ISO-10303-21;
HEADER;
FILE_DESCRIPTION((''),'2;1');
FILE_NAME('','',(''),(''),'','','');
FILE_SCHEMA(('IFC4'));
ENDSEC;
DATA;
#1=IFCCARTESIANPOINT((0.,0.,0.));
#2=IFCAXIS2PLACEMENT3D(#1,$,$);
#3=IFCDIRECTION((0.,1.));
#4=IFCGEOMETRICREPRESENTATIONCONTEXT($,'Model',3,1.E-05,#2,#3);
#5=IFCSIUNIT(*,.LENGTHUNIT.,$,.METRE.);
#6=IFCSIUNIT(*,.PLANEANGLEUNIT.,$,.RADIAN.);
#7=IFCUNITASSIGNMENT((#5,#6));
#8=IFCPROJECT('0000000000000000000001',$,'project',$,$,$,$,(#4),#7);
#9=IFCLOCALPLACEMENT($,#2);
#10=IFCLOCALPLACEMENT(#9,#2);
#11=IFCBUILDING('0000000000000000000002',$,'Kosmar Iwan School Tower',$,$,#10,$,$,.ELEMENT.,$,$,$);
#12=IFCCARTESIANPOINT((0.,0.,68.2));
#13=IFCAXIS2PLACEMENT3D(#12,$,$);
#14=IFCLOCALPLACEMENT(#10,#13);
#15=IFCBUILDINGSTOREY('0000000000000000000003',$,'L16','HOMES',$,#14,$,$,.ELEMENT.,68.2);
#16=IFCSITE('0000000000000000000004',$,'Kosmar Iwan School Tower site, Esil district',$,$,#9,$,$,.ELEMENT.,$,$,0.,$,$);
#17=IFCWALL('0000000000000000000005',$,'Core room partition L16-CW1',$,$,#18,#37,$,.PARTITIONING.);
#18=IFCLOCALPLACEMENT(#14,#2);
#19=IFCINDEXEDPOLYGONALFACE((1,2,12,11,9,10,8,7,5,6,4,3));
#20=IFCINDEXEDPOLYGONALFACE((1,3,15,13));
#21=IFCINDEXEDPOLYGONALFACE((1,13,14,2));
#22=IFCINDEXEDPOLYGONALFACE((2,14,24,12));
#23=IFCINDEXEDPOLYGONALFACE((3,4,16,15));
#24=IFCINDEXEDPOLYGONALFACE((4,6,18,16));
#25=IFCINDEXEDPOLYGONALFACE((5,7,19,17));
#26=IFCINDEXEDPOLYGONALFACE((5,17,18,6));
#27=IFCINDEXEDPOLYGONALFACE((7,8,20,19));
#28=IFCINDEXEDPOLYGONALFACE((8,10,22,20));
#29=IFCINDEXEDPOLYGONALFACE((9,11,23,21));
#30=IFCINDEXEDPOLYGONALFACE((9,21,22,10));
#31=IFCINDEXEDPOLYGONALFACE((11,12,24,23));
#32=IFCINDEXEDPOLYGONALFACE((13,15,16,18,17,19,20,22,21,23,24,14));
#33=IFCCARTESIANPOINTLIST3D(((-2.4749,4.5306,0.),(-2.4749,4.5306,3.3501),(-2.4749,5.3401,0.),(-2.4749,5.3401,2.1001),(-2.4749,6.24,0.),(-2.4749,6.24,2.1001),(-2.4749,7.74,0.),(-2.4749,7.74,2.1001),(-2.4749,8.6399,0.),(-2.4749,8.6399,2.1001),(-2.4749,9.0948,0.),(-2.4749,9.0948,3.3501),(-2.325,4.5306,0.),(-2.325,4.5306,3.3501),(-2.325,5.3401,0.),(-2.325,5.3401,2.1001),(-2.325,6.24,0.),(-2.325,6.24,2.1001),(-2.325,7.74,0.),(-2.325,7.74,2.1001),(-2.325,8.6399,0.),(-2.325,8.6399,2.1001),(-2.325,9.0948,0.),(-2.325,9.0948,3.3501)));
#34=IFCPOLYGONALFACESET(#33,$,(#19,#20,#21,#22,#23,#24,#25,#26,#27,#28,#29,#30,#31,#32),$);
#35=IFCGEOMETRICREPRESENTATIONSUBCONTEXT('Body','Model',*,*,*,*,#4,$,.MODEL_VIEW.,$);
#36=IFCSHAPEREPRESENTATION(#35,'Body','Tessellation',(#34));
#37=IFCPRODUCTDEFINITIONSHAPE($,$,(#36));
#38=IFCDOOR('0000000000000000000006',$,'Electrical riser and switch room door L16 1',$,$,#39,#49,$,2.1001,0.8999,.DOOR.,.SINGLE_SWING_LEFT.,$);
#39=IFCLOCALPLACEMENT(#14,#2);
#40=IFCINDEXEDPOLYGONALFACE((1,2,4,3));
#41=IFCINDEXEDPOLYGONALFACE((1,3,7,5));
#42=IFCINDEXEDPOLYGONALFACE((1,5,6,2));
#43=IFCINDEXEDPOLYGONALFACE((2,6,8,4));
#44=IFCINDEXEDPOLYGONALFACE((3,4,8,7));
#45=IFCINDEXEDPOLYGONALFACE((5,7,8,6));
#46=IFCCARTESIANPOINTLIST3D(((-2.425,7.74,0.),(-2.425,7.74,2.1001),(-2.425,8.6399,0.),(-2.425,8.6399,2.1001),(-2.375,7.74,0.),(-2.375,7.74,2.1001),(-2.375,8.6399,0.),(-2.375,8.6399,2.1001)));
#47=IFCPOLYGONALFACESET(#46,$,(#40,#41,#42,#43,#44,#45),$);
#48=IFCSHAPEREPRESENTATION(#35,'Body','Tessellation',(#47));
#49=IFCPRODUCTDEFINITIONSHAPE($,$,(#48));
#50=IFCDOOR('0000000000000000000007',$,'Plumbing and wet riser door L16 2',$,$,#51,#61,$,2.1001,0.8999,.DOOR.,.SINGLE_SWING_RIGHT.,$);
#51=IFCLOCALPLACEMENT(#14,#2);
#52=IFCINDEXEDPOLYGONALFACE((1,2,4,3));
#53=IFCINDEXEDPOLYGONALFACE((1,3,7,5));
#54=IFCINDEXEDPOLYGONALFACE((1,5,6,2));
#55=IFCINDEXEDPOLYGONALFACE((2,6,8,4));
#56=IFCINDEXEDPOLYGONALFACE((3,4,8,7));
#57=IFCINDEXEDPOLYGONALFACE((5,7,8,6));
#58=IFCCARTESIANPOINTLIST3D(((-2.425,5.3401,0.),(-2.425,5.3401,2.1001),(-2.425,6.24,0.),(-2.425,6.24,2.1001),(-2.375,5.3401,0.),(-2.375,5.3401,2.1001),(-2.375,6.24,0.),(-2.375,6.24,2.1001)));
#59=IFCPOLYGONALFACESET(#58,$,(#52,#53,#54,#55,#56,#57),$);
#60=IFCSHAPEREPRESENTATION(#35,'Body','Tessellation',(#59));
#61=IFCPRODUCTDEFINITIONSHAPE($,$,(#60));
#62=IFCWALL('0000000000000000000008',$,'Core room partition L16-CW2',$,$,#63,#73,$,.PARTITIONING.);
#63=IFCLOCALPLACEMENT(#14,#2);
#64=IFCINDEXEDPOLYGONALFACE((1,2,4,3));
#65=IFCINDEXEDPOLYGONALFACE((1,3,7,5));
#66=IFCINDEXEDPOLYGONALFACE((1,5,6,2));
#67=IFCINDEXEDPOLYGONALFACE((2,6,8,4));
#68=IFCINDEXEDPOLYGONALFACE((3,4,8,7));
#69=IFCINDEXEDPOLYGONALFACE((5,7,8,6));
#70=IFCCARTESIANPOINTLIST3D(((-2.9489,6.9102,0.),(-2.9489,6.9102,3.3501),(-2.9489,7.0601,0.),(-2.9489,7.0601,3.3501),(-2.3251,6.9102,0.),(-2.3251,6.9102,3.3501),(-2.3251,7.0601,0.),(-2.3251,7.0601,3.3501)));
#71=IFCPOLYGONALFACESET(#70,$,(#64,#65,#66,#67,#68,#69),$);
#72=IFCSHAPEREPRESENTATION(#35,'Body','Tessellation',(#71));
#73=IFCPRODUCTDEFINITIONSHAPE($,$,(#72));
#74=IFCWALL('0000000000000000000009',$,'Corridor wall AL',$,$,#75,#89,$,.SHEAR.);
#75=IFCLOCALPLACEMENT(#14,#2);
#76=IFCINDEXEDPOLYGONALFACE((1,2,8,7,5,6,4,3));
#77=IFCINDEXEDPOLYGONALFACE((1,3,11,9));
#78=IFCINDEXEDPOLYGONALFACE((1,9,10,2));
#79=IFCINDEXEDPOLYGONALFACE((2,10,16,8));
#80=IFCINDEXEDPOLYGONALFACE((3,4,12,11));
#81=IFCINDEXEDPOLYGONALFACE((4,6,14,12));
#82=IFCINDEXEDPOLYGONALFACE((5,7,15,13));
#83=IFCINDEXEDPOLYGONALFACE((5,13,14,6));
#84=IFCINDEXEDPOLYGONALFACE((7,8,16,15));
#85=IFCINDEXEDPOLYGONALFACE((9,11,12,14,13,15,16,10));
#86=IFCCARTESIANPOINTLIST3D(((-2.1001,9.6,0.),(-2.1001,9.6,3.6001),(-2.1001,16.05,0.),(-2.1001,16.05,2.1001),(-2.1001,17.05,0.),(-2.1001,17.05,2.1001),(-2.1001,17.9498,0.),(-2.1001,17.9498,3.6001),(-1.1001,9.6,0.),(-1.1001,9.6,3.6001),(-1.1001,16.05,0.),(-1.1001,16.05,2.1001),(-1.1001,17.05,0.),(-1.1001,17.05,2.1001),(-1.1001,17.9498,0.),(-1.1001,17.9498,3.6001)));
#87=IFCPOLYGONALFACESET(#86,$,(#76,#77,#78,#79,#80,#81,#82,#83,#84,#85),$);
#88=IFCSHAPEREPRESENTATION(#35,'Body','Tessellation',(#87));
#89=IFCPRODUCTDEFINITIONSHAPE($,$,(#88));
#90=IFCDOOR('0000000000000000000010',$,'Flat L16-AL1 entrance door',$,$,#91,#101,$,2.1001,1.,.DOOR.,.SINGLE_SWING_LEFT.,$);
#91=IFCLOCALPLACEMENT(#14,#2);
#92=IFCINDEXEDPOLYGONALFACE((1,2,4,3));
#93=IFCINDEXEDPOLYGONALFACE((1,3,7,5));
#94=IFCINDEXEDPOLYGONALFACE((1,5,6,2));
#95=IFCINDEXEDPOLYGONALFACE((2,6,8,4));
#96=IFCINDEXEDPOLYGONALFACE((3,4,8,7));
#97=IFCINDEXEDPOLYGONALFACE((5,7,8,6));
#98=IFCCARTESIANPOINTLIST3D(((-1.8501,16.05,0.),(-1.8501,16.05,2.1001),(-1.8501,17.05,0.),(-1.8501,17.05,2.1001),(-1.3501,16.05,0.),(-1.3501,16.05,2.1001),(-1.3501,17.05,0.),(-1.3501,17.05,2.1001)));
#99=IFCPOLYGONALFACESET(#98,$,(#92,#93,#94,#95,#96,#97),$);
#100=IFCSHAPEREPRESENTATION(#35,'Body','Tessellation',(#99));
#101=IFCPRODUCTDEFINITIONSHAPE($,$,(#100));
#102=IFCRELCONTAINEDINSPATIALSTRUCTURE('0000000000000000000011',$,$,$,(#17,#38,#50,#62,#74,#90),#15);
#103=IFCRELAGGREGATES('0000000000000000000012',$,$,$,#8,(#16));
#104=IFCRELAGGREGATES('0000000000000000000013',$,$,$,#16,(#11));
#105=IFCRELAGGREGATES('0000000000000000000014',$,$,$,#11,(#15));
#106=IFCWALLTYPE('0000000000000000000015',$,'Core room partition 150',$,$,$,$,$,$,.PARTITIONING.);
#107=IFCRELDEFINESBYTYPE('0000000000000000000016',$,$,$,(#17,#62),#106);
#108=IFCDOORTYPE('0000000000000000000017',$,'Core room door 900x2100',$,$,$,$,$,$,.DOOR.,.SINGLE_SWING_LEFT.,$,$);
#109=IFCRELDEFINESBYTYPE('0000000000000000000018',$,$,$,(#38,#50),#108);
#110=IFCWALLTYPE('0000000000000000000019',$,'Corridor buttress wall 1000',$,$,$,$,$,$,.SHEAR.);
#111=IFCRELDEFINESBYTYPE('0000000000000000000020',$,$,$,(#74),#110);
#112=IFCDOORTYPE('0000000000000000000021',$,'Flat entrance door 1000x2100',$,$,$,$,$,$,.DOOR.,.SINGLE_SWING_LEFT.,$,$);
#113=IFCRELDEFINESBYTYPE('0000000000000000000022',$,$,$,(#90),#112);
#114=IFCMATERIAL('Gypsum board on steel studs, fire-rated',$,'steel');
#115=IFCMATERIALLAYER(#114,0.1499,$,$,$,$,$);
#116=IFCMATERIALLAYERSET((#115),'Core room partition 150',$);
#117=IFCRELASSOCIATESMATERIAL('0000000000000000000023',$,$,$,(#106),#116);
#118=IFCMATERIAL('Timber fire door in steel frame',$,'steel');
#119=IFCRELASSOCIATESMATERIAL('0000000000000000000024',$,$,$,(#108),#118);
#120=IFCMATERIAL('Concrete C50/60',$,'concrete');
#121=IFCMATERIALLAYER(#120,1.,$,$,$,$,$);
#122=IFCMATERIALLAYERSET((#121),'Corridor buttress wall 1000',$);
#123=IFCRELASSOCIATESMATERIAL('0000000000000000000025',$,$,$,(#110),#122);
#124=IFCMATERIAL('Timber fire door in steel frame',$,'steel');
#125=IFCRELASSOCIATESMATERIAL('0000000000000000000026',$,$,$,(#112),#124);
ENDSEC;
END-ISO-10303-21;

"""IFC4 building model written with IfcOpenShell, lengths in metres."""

from ifc_helpers import new_model, si_unit, direction, frame, frame_2d, origin, place, context, subcontext, project, spatial, rectangle, extrude, material, layer, layer_set, type_object, element, fill, save


model = new_model("IFC4")

# Units and contexts
model_context = context("Model", 3, precision=1e-05, world=origin(), true_north=direction((0.0, 1.0)))
body_context = subcontext(model_context, "Body", "Model", "MODEL_VIEW")
ifc_project = project(units=[si_unit("LENGTHUNIT", "METRE"), si_unit("PLANEANGLEUNIT", "RADIAN")], contexts=[model_context])

# Site, building, storey
site_placement = place(None, origin())
site = spatial("IfcSite", under=ifc_project, at=site_placement, Name="Kosmar Iwan School Tower site, Esil district", CompositionType="ELEMENT", RefElevation=0.0)
building_placement = place(site_placement, origin())
building = spatial("IfcBuilding", under=site, at=building_placement, Name="Kosmar Iwan School Tower", CompositionType="ELEMENT")
storey_placement = place(building_placement, frame((0.0, 0.0, 68.2)))
storey = spatial("IfcBuildingStorey", under=building, at=storey_placement, Name="L16", Description="HOMES", CompositionType="ELEMENT", Elevation=68.2)

# Wall, openings, doors
ifc_material_1 = material(Name="Gypsum board on steel studs, fire-rated", Category="steel")
ifc_layer_1 = layer(ifc_material_1, 0.1499)
ifc_layer_set_1 = layer_set([ifc_layer_1], Name="Core room partition 150")
wall_type_1 = type_object("IfcWallType", Name="Core room partition 150", PredefinedType="PARTITIONING", material=ifc_layer_set_1)
wall_1_placement = place(storey_placement, frame((-2.3999, 9.095, 0.0), z_axis=(0.0, 0.0, 1.0), x_axis=(0.0, -1.0, 0.0)))
wall_1 = element("IfcWall", 1, at=wall_1_placement, inside=storey, type_object=wall_type_1, Name="Core room partition L16-CW1", PredefinedType="PARTITIONING", context=body_context, shape_type="SweptSolid", body=[
    extrude(rectangle(XDim=4.5642, YDim=0.1499, at=frame_2d((2.2822, 0.0))), origin(), (0.0, 0.0, 1.0), 3.3501),
])
opening_1_placement = place(wall_1_placement, frame((0.4551, 0.0, 0.0)))
opening_1 = element("IfcOpeningElement", 2, at=opening_1_placement, cuts=wall_1, PredefinedType="OPENING", context=body_context, shape_type="SweptSolid", body=[
    extrude(rectangle(XDim=0.8999, YDim=2.1001, at=frame_2d((0.45, 1.05))), frame((0.0, 0.0869, 0.0), z_axis=(0.0, -1.0, 0.0), x_axis=(1.0, 0.0, 0.0)), (0.0, 0.0, 1.0), 0.1738),
])
opening_2_placement = place(wall_1_placement, frame((2.855, 0.0, 0.0)))
opening_2 = element("IfcOpeningElement", 3, at=opening_2_placement, cuts=wall_1, PredefinedType="OPENING", context=body_context, shape_type="SweptSolid", body=[
    extrude(rectangle(XDim=0.8999, YDim=2.1001, at=frame_2d((0.45, 1.05))), frame((0.0, 0.0869, 0.0), z_axis=(0.0, -1.0, 0.0), x_axis=(1.0, 0.0, 0.0)), (0.0, 0.0, 1.0), 0.1738),
])
ifc_material_2 = material(Name="Timber fire door in steel frame", Category="steel")
door_type_1 = type_object("IfcDoorType", Name="Core room door 900x2100", OperationType="SINGLE_SWING_LEFT", PredefinedType="DOOR", material=ifc_material_2)
door_1_placement = place(opening_1_placement, origin())
door_1 = element("IfcDoor", 4, at=door_1_placement, inside=storey, type_object=door_type_1, Name="Electrical riser and switch room door L16 1", OperationType="SINGLE_SWING_LEFT", OverallHeight=2.1001, OverallWidth=0.8999, PredefinedType="DOOR", context=body_context, shape_type="SweptSolid", body=[
    extrude(rectangle(XDim=0.8999, YDim=2.1001, at=frame_2d((0.45, 1.05))), frame((0.0, 0.0249, 0.0), z_axis=(0.0, -1.0, 0.0), x_axis=(1.0, 0.0, 0.0)), (0.0, 0.0, 1.0), 0.05),
])
fill(opening_1, door_1)
door_2_placement = place(opening_2_placement, origin())
door_2 = element("IfcDoor", 5, at=door_2_placement, inside=storey, type_object=door_type_1, Name="Plumbing and wet riser door L16 2", OperationType="SINGLE_SWING_RIGHT", OverallHeight=2.1001, OverallWidth=0.8999, PredefinedType="DOOR", context=body_context, shape_type="SweptSolid", body=[
    extrude(rectangle(XDim=0.8999, YDim=2.1001, at=frame_2d((0.45, 1.05))), frame((0.0, 0.0249, 0.0), z_axis=(0.0, -1.0, 0.0), x_axis=(1.0, 0.0, 0.0)), (0.0, 0.0, 1.0), 0.05),
])
fill(opening_2, door_2)

# Wall
wall_2_placement = place(storey_placement, frame((-2.325, 6.9851, 0.0), z_axis=(0.0, 0.0, 1.0), x_axis=(-1.0, 0.0, 0.0)))
element("IfcWall", 6, at=wall_2_placement, inside=storey, type_object=wall_type_1, Name="Core room partition L16-CW2", PredefinedType="PARTITIONING", context=body_context, shape_type="SweptSolid", body=[
    extrude(rectangle(XDim=0.6238, YDim=0.1499, at=frame_2d((0.312, 0.0))), origin(), (0.0, 0.0, 1.0), 3.3501),
])

# Wall, opening, door
ifc_material_3 = material(Name="Concrete C50/60", Category="concrete")
ifc_layer_2 = layer(ifc_material_3, 1.0)
ifc_layer_set_2 = layer_set([ifc_layer_2], Name="Corridor buttress wall 1000")
wall_type_2 = type_object("IfcWallType", Name="Corridor buttress wall 1000", PredefinedType="SHEAR", material=ifc_layer_set_2)
wall_3_placement = place(storey_placement, frame((-1.6001, 9.6001, 0.0), z_axis=(0.0, 0.0, 1.0), x_axis=(0.0, 1.0, 0.0)))
wall_3 = element("IfcWall", 7, at=wall_3_placement, inside=storey, type_object=wall_type_2, Name="Corridor wall AL", PredefinedType="SHEAR", context=body_context, shape_type="SweptSolid", body=[
    extrude(rectangle(XDim=8.3499, YDim=1.0, at=frame_2d((4.1748, 0.0))), origin(), (0.0, 0.0, 1.0), 3.6001),
])
opening_3_placement = place(wall_3_placement, frame((6.45, 0.0, 0.0)))
opening_3 = element("IfcOpeningElement", 8, at=opening_3_placement, cuts=wall_3, PredefinedType="OPENING", context=body_context, shape_type="SweptSolid", body=[
    extrude(rectangle(XDim=1.0, YDim=2.1001, at=frame_2d((0.5, 1.05))), frame((0.0, 0.512, 0.0), z_axis=(0.0, -1.0, 0.0), x_axis=(1.0, 0.0, 0.0)), (0.0, 0.0, 1.0), 1.0239),
])
ifc_material_4 = material(Name="Timber fire door in steel frame", Category="steel")
door_type_2 = type_object("IfcDoorType", Name="Flat entrance door 1000x2100", OperationType="SINGLE_SWING_LEFT", PredefinedType="DOOR", material=ifc_material_4)
door_3_placement = place(opening_3_placement, origin())
door_3 = element("IfcDoor", 9, at=door_3_placement, inside=storey, type_object=door_type_2, Name="Flat L16-AL1 entrance door", OperationType="SINGLE_SWING_LEFT", OverallHeight=2.1001, OverallWidth=1.0, PredefinedType="DOOR", context=body_context, shape_type="SweptSolid", body=[
    extrude(rectangle(XDim=1.0, YDim=2.1001, at=frame_2d((0.5, 1.05))), frame((0.0, 0.25, 0.0), z_axis=(0.0, -1.0, 0.0), x_axis=(1.0, 0.0, 0.0)), (0.0, 0.0, 1.0), 0.5),
])
fill(opening_3, door_3)

save(model, "model.ifc")
